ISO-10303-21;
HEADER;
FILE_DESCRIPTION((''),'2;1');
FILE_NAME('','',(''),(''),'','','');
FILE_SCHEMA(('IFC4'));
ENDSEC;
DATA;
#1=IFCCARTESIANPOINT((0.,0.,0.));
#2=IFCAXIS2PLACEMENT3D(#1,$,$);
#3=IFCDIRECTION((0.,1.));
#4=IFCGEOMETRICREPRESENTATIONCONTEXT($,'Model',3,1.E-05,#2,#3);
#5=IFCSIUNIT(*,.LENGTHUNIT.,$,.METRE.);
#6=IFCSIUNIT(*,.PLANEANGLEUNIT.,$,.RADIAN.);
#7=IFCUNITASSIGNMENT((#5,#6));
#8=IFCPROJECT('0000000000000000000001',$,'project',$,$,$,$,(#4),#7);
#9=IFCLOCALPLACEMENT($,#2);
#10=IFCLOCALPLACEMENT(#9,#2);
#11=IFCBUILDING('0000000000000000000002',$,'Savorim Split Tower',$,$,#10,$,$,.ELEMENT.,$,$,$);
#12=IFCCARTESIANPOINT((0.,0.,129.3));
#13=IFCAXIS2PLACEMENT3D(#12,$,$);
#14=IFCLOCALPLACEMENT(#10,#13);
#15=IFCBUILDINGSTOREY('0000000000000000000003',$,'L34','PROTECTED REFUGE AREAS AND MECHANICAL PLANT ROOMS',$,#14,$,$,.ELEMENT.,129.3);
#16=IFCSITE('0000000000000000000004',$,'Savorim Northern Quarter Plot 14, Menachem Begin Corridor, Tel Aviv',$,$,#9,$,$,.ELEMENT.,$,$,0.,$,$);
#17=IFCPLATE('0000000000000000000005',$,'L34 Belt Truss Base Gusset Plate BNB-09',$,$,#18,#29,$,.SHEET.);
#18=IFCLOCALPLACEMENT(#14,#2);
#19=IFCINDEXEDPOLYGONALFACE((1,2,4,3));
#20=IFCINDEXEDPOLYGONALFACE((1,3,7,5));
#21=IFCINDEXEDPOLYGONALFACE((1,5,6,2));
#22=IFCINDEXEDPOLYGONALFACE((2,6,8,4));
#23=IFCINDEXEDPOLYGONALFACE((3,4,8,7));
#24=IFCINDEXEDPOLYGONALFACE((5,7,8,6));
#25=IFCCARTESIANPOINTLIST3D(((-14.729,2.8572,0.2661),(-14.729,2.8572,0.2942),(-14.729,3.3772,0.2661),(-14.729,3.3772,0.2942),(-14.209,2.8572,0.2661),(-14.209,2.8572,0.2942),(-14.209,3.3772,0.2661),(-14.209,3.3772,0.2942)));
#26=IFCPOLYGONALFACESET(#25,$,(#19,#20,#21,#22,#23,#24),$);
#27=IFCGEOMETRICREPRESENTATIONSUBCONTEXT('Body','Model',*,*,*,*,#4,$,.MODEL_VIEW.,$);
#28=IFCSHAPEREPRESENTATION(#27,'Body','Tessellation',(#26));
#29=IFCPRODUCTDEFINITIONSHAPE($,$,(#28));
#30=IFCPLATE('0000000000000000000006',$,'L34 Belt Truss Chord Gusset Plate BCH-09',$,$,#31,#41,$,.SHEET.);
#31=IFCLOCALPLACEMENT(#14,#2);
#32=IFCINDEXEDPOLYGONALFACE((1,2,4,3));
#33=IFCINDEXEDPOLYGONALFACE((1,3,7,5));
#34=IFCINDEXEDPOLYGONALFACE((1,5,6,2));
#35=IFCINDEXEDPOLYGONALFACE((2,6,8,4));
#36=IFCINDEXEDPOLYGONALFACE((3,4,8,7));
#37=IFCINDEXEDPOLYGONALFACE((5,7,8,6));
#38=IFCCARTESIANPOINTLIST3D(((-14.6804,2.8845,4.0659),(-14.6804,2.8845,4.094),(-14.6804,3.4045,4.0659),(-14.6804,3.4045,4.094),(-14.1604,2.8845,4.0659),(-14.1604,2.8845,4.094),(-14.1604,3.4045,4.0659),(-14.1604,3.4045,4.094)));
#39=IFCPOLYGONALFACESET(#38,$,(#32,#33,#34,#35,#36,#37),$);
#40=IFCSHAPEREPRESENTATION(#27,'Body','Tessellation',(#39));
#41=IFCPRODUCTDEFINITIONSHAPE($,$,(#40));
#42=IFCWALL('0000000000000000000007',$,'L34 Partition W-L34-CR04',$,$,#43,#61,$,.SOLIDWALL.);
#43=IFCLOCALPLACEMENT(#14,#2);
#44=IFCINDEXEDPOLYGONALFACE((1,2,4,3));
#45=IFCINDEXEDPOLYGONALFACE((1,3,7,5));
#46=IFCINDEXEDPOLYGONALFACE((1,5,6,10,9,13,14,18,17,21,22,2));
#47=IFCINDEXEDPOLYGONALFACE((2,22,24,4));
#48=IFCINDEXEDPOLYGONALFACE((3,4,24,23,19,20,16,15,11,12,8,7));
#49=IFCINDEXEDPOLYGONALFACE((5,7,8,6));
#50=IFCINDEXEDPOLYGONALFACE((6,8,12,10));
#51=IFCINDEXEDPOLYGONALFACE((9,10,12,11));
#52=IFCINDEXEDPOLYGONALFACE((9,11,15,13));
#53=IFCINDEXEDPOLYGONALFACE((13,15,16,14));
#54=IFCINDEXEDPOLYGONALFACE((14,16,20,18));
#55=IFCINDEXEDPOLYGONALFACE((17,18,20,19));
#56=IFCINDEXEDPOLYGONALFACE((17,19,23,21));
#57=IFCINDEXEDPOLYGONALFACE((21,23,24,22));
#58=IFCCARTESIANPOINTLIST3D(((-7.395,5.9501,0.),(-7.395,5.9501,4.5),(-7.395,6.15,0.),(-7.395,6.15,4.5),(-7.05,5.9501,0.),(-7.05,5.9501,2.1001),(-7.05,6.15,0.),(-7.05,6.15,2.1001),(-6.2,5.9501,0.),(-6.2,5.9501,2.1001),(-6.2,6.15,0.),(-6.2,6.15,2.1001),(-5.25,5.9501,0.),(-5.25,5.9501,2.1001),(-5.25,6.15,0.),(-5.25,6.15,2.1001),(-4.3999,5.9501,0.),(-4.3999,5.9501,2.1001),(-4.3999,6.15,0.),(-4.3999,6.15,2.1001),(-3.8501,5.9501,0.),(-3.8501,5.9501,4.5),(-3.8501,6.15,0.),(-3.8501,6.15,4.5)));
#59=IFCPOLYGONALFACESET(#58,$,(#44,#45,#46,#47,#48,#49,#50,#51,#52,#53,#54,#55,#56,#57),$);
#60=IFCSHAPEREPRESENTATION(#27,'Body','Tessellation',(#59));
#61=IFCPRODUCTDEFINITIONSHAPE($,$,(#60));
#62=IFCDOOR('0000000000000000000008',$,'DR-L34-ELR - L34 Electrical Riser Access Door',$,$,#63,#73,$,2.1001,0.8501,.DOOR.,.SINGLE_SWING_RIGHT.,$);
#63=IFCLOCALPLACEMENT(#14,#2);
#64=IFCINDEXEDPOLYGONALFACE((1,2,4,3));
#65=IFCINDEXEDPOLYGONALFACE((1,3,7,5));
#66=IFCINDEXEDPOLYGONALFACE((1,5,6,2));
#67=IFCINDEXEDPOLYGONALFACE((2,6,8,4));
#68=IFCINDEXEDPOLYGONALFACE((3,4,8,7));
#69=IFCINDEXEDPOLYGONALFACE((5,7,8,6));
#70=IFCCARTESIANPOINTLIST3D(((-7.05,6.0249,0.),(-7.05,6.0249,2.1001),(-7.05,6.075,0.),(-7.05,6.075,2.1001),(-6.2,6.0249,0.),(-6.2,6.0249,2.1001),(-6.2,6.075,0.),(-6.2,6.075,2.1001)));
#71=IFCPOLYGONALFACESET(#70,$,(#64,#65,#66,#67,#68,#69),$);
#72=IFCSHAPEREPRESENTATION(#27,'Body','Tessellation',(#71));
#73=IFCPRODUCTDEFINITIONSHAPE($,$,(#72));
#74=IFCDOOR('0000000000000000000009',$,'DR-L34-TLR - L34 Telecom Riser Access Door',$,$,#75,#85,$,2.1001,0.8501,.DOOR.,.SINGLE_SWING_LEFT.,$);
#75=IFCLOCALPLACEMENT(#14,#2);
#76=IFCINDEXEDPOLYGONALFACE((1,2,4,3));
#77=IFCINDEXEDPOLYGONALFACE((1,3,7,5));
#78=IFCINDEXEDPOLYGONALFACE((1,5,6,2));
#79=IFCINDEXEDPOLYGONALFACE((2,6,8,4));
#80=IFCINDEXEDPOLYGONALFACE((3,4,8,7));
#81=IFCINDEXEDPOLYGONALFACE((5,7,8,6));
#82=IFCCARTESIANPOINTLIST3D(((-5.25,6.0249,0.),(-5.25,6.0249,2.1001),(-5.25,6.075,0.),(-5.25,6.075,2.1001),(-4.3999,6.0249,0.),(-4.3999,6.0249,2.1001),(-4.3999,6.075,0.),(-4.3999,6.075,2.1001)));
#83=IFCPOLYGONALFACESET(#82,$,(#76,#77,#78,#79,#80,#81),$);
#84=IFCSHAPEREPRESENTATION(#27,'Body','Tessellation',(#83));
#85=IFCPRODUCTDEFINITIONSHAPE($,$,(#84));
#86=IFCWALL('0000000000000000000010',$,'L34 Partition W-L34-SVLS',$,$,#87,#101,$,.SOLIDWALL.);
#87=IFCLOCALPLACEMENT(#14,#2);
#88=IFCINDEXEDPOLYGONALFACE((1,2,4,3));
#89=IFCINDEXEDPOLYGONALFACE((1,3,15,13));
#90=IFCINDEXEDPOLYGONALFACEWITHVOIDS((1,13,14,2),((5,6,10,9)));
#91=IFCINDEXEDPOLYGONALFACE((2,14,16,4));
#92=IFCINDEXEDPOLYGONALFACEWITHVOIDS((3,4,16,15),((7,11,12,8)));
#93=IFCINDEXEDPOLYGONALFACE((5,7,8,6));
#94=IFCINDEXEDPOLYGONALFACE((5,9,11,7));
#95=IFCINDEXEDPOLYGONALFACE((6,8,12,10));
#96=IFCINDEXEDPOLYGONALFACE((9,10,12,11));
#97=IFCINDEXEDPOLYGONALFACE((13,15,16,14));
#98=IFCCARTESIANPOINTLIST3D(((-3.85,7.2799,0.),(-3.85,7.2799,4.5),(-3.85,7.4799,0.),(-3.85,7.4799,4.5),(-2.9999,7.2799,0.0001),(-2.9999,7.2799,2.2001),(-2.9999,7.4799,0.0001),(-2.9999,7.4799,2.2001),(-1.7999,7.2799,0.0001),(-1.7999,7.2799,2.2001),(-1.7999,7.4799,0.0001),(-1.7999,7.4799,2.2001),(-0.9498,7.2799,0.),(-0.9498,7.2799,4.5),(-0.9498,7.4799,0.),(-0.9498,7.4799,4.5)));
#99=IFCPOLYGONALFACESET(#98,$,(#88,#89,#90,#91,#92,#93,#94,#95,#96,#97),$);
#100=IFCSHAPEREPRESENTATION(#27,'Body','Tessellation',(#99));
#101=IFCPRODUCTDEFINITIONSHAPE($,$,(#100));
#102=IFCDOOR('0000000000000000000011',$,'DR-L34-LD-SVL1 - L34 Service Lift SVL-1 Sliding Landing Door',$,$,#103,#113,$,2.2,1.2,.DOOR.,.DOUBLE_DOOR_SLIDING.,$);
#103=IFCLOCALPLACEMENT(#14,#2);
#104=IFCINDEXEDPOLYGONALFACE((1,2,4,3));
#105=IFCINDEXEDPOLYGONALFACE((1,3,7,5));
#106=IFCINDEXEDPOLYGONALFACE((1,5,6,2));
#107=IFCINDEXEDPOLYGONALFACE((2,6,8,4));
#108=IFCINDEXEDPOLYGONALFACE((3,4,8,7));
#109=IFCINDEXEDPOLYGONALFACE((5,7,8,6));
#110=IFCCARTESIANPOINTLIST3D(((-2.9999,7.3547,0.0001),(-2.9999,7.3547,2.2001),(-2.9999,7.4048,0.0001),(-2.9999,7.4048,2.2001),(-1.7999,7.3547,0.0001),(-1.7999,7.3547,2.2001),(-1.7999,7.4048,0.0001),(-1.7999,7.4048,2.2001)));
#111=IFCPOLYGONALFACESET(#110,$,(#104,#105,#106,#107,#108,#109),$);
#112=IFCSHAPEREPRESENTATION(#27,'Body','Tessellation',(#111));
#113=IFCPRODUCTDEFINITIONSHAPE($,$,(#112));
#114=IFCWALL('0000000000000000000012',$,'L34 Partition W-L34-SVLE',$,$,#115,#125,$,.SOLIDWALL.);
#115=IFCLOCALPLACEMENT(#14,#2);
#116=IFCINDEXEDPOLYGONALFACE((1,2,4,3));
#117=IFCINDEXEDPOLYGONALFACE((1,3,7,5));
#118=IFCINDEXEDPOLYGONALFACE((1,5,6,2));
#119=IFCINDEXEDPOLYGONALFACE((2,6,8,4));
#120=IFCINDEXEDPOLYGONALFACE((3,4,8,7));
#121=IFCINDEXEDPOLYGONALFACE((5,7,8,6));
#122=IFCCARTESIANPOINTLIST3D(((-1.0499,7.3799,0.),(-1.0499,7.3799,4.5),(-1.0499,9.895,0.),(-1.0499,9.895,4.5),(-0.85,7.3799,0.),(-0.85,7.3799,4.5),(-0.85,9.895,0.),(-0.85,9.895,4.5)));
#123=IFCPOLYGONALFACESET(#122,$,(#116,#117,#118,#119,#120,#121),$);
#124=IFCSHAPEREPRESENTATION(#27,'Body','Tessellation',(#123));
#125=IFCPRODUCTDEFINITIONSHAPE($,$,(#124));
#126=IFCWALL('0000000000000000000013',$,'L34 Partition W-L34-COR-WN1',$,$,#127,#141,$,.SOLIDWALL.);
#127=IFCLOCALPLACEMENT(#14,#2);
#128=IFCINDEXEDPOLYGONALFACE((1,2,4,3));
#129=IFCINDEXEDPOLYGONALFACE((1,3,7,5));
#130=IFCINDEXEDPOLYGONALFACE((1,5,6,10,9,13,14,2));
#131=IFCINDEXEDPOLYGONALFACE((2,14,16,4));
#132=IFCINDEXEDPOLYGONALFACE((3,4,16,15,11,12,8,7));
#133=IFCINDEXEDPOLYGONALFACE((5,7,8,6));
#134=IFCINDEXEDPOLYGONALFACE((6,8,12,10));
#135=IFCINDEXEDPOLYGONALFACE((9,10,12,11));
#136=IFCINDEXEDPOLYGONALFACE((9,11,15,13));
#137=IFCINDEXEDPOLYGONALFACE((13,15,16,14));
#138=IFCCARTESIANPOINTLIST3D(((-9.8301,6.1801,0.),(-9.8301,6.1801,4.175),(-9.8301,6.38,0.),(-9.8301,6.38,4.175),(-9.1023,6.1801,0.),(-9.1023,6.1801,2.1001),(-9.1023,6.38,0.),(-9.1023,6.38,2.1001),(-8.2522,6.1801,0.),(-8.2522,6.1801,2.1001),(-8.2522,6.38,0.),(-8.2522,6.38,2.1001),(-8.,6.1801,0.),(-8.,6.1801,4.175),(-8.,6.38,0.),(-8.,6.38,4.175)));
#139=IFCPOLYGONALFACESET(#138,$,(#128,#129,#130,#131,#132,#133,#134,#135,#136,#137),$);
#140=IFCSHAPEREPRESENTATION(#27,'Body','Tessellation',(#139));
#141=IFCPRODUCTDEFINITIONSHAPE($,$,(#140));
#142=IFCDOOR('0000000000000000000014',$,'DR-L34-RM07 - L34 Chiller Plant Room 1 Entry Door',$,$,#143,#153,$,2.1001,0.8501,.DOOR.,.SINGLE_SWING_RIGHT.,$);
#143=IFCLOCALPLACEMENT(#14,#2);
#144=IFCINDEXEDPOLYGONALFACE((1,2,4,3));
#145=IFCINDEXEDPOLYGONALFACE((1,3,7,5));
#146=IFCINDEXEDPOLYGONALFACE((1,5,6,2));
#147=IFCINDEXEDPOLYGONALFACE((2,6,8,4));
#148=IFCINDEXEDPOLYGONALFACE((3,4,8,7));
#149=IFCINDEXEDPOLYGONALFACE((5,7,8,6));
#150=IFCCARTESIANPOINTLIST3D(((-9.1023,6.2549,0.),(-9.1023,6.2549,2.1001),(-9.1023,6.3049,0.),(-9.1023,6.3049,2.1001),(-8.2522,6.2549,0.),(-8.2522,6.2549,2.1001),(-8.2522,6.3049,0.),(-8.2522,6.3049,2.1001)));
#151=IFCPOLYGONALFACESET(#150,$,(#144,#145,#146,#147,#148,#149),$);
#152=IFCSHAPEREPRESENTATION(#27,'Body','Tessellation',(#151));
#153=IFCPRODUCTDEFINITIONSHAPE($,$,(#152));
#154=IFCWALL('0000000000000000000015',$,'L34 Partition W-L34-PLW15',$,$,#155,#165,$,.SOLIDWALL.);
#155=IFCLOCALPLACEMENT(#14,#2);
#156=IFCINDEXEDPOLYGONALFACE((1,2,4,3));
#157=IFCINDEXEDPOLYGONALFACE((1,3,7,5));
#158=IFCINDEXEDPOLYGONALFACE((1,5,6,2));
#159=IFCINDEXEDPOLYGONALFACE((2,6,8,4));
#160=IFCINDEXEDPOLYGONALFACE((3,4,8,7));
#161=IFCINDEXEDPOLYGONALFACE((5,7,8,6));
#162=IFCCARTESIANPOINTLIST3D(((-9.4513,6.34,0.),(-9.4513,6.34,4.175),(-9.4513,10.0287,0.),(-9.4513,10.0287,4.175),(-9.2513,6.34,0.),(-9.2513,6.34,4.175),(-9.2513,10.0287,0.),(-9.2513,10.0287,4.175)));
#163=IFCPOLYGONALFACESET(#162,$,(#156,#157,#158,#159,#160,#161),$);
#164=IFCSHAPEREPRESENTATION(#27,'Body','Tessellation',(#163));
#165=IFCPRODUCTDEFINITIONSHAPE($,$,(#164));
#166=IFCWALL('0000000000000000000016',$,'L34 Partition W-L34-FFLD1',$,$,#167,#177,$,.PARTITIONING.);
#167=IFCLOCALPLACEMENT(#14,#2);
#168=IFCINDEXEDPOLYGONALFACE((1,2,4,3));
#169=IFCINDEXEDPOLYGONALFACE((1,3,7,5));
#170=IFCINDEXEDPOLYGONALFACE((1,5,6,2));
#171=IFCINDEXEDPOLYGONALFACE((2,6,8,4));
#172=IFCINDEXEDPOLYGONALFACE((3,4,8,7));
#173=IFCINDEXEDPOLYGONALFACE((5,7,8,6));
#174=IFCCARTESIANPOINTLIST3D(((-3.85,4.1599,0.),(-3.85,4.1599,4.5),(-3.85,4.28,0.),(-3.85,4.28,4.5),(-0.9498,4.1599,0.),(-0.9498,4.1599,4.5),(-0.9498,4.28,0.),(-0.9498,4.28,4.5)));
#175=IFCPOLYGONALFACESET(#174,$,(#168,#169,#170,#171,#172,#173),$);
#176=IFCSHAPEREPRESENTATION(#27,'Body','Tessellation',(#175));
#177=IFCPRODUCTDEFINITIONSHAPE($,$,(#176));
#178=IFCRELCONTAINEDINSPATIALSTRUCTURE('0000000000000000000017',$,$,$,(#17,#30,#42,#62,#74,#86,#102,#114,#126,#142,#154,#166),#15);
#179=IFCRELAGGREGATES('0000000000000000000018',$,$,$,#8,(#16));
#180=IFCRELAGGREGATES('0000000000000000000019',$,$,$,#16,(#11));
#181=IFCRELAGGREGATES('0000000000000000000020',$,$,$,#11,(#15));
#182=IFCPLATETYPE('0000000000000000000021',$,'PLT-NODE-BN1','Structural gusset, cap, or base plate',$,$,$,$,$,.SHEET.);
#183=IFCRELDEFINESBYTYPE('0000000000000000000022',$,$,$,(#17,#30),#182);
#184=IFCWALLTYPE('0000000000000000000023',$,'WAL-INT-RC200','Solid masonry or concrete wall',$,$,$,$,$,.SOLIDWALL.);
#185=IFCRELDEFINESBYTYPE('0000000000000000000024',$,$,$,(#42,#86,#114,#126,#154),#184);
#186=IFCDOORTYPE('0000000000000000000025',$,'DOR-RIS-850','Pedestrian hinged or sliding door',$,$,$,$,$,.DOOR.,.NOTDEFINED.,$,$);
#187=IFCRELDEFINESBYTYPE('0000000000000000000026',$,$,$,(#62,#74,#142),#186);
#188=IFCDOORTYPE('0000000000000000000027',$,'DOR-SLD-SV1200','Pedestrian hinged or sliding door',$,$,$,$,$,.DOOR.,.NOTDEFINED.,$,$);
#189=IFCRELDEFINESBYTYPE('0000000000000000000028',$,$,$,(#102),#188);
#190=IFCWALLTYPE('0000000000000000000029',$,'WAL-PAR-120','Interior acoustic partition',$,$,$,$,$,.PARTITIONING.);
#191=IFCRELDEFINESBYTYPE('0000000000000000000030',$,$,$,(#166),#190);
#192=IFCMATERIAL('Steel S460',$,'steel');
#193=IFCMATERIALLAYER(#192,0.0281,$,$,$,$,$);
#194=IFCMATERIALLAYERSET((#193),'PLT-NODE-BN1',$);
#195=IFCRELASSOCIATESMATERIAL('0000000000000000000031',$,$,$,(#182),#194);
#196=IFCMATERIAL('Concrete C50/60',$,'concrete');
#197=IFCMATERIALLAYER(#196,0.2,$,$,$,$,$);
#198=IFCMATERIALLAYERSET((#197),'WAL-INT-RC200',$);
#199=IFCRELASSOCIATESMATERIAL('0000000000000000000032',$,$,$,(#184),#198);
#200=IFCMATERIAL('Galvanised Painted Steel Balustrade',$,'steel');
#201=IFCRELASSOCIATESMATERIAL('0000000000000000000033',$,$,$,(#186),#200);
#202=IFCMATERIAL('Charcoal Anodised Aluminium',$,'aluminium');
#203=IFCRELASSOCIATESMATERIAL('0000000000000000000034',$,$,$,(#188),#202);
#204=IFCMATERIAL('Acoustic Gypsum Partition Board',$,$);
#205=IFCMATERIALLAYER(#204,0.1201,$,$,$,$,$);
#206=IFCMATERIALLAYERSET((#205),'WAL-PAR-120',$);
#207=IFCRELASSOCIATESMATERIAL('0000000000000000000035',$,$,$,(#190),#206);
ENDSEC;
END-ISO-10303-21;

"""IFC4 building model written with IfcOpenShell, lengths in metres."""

from ifc_helpers import new_model, si_unit, direction, frame, frame_2d, origin, origin_2d, place, context, subcontext, project, spatial, rectangle, extrude, material, layer, layer_set, type_object, element, fill, save


model = new_model("IFC4")

# Units and contexts
model_context = context("Model", 3, precision=1e-05, world=origin(), true_north=direction((0.0, 1.0)))
body_context = subcontext(model_context, "Body", "Model", "MODEL_VIEW")
ifc_project = project(units=[si_unit("LENGTHUNIT", "METRE"), si_unit("PLANEANGLEUNIT", "RADIAN")], contexts=[model_context])

# Site, building, storey
site_placement = place(None, origin())
site = spatial("IfcSite", under=ifc_project, at=site_placement, Name="Savorim Northern Quarter Plot 14, Menachem Begin Corridor, Tel Aviv", CompositionType="ELEMENT", RefElevation=0.0)
building_placement = place(site_placement, origin())
building = spatial("IfcBuilding", under=site, at=building_placement, Name="Savorim Split Tower", CompositionType="ELEMENT")
storey_placement = place(building_placement, frame((0.0, 0.0, 129.3)))
storey = spatial("IfcBuildingStorey", under=building, at=storey_placement, Name="L34", Description="PROTECTED REFUGE AREAS AND MECHANICAL PLANT ROOMS", CompositionType="ELEMENT", Elevation=129.3)

# Shared definitions
ifc_material_1 = material(Name="Steel S460", Category="steel")

# Shared definitions
ifc_material_2 = material(Name="Charcoal Anodised Aluminium", Category="aluminium")

# Plates
ifc_layer_1 = layer(ifc_material_1, 0.0281)
ifc_layer_set_1 = layer_set([ifc_layer_1], Name="PLT-NODE-BN1")
plate_type_1 = type_object("IfcPlateType", Name="PLT-NODE-BN1", Description="Structural gusset, cap, or base plate", PredefinedType="SHEET", material=ifc_layer_set_1)
for number, where, z_axis, x_axis, name in (
    (1, (-14.469, 3.1172, 0.2661), (0.0, 0.0, 1.0), (1.0, 0.0, 0.0), "L34 Belt Truss Base Gusset Plate BNB-09"),
    (2, (-14.4204, 3.1445, 4.0659), (0.0, 0.0, 1.0), (1.0, 0.0, 0.0), "L34 Belt Truss Chord Gusset Plate BCH-09"),
):
    element("IfcPlate", number, at=place(storey_placement, frame(where, z_axis=z_axis, x_axis=x_axis)), inside=storey, type_object=plate_type_1, Name=name, PredefinedType="SHEET", context=body_context, shape_type="SweptSolid", body=[
        extrude(rectangle(XDim=0.52, YDim=0.52, at=origin_2d()), origin(), (0.0, 0.0, 1.0), 0.0281),
    ])

# Wall, openings, doors
ifc_material_3 = material(Name="Concrete C50/60", Category="concrete")
ifc_layer_2 = layer(ifc_material_3, 0.2)
ifc_layer_set_2 = layer_set([ifc_layer_2], Name="WAL-INT-RC200")
wall_type_1 = type_object("IfcWallType", Name="WAL-INT-RC200", Description="Solid masonry or concrete wall", PredefinedType="SOLIDWALL", material=ifc_layer_set_2)
wall_1_placement = place(storey_placement, frame((-7.395, 6.05, 0.0), z_axis=(0.0, 0.0, 1.0), x_axis=(1.0, 0.0, 0.0)))
wall_1 = element("IfcWall", 3, at=wall_1_placement, inside=storey, type_object=wall_type_1, Name="L34 Partition W-L34-CR04", PredefinedType="SOLIDWALL", context=body_context, shape_type="SweptSolid", body=[
    extrude(rectangle(XDim=3.5449, YDim=0.2, at=frame_2d((1.7725, 0.0))), origin(), (0.0, 0.0, 1.0), 4.5),
])
opening_1_placement = place(wall_1_placement, frame((0.345, 0.0, 0.0)))
opening_1 = element("IfcOpeningElement", 4, at=opening_1_placement, cuts=wall_1, PredefinedType="OPENING", context=body_context, shape_type="SweptSolid", body=[
    extrude(rectangle(XDim=0.8501, YDim=2.1001, at=frame_2d((0.425, 1.05))), frame((0.0, 0.1099, 0.0), z_axis=(0.0, -1.0, 0.0), x_axis=(1.0, 0.0, 0.0)), (0.0, 0.0, 1.0), 0.22),
])
opening_2_placement = place(wall_1_placement, frame((2.145, 0.0, 0.0)))
opening_2 = element("IfcOpeningElement", 5, at=opening_2_placement, cuts=wall_1, PredefinedType="OPENING", context=body_context, shape_type="SweptSolid", body=[
    extrude(rectangle(XDim=0.8501, YDim=2.1001, at=frame_2d((0.425, 1.05))), frame((0.0, 0.1099, 0.0), z_axis=(0.0, -1.0, 0.0), x_axis=(1.0, 0.0, 0.0)), (0.0, 0.0, 1.0), 0.22),
])
ifc_material_4 = material(Name="Galvanised Painted Steel Balustrade", Category="steel")
door_type_1 = type_object("IfcDoorType", Name="DOR-RIS-850", Description="Pedestrian hinged or sliding door", OperationType="NOTDEFINED", PredefinedType="DOOR", material=ifc_material_4)
door_1_placement = place(opening_1_placement, origin())
door_1 = element("IfcDoor", 6, at=door_1_placement, inside=storey, type_object=door_type_1, Name="DR-L34-ELR - L34 Electrical Riser Access Door", OperationType="SINGLE_SWING_RIGHT", OverallHeight=2.1001, OverallWidth=0.8501, PredefinedType="DOOR", context=body_context, shape_type="SweptSolid", body=[
    extrude(rectangle(XDim=0.8501, YDim=2.1001, at=frame_2d((0.425, 1.05))), frame((0.0, 0.0249, 0.0), z_axis=(0.0, -1.0, 0.0), x_axis=(1.0, 0.0, 0.0)), (0.0, 0.0, 1.0), 0.05),
])
fill(opening_1, door_1)
door_2_placement = place(opening_2_placement, origin())
door_2 = element("IfcDoor", 7, at=door_2_placement, inside=storey, type_object=door_type_1, Name="DR-L34-TLR - L34 Telecom Riser Access Door", OperationType="SINGLE_SWING_LEFT", OverallHeight=2.1001, OverallWidth=0.8501, PredefinedType="DOOR", context=body_context, shape_type="SweptSolid", body=[
    extrude(rectangle(XDim=0.8501, YDim=2.1001, at=frame_2d((0.425, 1.05))), frame((0.0, 0.0249, 0.0), z_axis=(0.0, -1.0, 0.0), x_axis=(1.0, 0.0, 0.0)), (0.0, 0.0, 1.0), 0.05),
])
fill(opening_2, door_2)

# Wall, opening, door
wall_2_placement = place(storey_placement, frame((-3.8501, 7.3799, 0.0), z_axis=(0.0, 0.0, 1.0), x_axis=(1.0, 0.0, 0.0)))
wall_2 = element("IfcWall", 8, at=wall_2_placement, inside=storey, type_object=wall_type_1, Name="L34 Partition W-L34-SVLS", PredefinedType="SOLIDWALL", context=body_context, shape_type="SweptSolid", body=[
    extrude(rectangle(XDim=2.9001, YDim=0.2, at=frame_2d((1.4502, 0.0))), origin(), (0.0, 0.0, 1.0), 4.5),
])
opening_3_placement = place(wall_2_placement, frame((0.8501, 0.0, 0.0)))
opening_3 = element("IfcOpeningElement", 9, at=opening_3_placement, cuts=wall_2, PredefinedType="OPENING", context=body_context, shape_type="SweptSolid", body=[
    extrude(rectangle(XDim=1.2, YDim=2.2, at=frame_2d((0.6001, 1.1001))), frame((0.0, 0.1099, 0.0), z_axis=(0.0, -1.0, 0.0), x_axis=(1.0, 0.0, 0.0)), (0.0, 0.0, 1.0), 0.22),
])
door_type_2 = type_object("IfcDoorType", Name="DOR-SLD-SV1200", Description="Pedestrian hinged or sliding door", OperationType="NOTDEFINED", PredefinedType="DOOR", material=ifc_material_2)
door_3_placement = place(opening_3_placement, origin())
door_3 = element("IfcDoor", 10, at=door_3_placement, inside=storey, type_object=door_type_2, Name="DR-L34-LD-SVL1 - L34 Service Lift SVL-1 Sliding Landing Door", OperationType="DOUBLE_DOOR_SLIDING", OverallHeight=2.2, OverallWidth=1.2, PredefinedType="DOOR", context=body_context, shape_type="SweptSolid", body=[
    extrude(rectangle(XDim=1.2, YDim=2.2, at=frame_2d((0.6001, 1.1001))), frame((0.0, 0.0249, 0.0), z_axis=(0.0, -1.0, 0.0), x_axis=(1.0, 0.0, 0.0)), (0.0, 0.0, 1.0), 0.05),
])
fill(opening_3, door_3)

# Wall
wall_3_placement = place(storey_placement, frame((-0.95, 7.3799, 0.0), z_axis=(0.0, 0.0, 1.0), x_axis=(0.0, 1.0, 0.0)))
element("IfcWall", 11, at=wall_3_placement, inside=storey, type_object=wall_type_1, Name="L34 Partition W-L34-SVLE", PredefinedType="SOLIDWALL", context=body_context, shape_type="SweptSolid", body=[
    extrude(rectangle(XDim=2.5151, YDim=0.2, at=frame_2d((1.2576, 0.0))), origin(), (0.0, 0.0, 1.0), 4.5),
])

# Wall, opening, door
wall_4_placement = place(storey_placement, frame((-9.8301, 6.28, 0.0), z_axis=(0.0, 0.0, 1.0), x_axis=(1.0, 0.0, 0.0)))
wall_4 = element("IfcWall", 12, at=wall_4_placement, inside=storey, type_object=wall_type_1, Name="L34 Partition W-L34-COR-WN1", PredefinedType="SOLIDWALL", context=body_context, shape_type="SweptSolid", body=[
    extrude(rectangle(XDim=1.8301, YDim=0.2, at=frame_2d((0.915, 0.0))), origin(), (0.0, 0.0, 1.0), 4.175),
])
opening_4_placement = place(wall_4_placement, frame((0.7278, 0.0, 0.0)))
opening_4 = element("IfcOpeningElement", 13, at=opening_4_placement, cuts=wall_4, PredefinedType="OPENING", context=body_context, shape_type="SweptSolid", body=[
    extrude(rectangle(XDim=0.8501, YDim=2.1001, at=frame_2d((0.425, 1.05))), frame((0.0, 0.1099, 0.0), z_axis=(0.0, -1.0, 0.0), x_axis=(1.0, 0.0, 0.0)), (0.0, 0.0, 1.0), 0.22),
])
door_4_placement = place(opening_4_placement, origin())
door_4 = element("IfcDoor", 14, at=door_4_placement, inside=storey, type_object=door_type_1, Name="DR-L34-RM07 - L34 Chiller Plant Room 1 Entry Door", OperationType="SINGLE_SWING_RIGHT", OverallHeight=2.1001, OverallWidth=0.8501, PredefinedType="DOOR", context=body_context, shape_type="SweptSolid", body=[
    extrude(rectangle(XDim=0.8501, YDim=2.1001, at=frame_2d((0.425, 1.05))), frame((0.0, 0.0249, 0.0), z_axis=(0.0, -1.0, 0.0), x_axis=(1.0, 0.0, 0.0)), (0.0, 0.0, 1.0), 0.05),
])
fill(opening_4, door_4)

# Walls
wall_5_placement = place(storey_placement, frame((-9.3513, 6.3401, 0.0), z_axis=(0.0, 0.0, 1.0), x_axis=(0.0, 1.0, 0.0)))
element("IfcWall", 15, at=wall_5_placement, inside=storey, type_object=wall_type_1, Name="L34 Partition W-L34-PLW15", PredefinedType="SOLIDWALL", context=body_context, shape_type="SweptSolid", body=[
    extrude(rectangle(XDim=3.6887, YDim=0.2, at=frame_2d((1.8442, 0.0))), origin(), (0.0, 0.0, 1.0), 4.175),
])
ifc_material_5 = material(Name="Acoustic Gypsum Partition Board")
ifc_layer_3 = layer(ifc_material_5, 0.1201)
ifc_layer_set_3 = layer_set([ifc_layer_3], Name="WAL-PAR-120")
wall_type_2 = type_object("IfcWallType", Name="WAL-PAR-120", Description="Interior acoustic partition", PredefinedType="PARTITIONING", material=ifc_layer_set_3)
wall_6_placement = place(storey_placement, frame((-3.8501, 4.22, 0.0), z_axis=(0.0, 0.0, 1.0), x_axis=(1.0, 0.0, 0.0)))
element("IfcWall", 16, at=wall_6_placement, inside=storey, type_object=wall_type_2, Name="L34 Partition W-L34-FFLD1", PredefinedType="PARTITIONING", context=body_context, shape_type="SweptSolid", body=[
    extrude(rectangle(XDim=2.9001, YDim=0.1201, at=frame_2d((1.4502, 0.0))), origin(), (0.0, 0.0, 1.0), 4.5),
])

save(model, "model.ifc")
